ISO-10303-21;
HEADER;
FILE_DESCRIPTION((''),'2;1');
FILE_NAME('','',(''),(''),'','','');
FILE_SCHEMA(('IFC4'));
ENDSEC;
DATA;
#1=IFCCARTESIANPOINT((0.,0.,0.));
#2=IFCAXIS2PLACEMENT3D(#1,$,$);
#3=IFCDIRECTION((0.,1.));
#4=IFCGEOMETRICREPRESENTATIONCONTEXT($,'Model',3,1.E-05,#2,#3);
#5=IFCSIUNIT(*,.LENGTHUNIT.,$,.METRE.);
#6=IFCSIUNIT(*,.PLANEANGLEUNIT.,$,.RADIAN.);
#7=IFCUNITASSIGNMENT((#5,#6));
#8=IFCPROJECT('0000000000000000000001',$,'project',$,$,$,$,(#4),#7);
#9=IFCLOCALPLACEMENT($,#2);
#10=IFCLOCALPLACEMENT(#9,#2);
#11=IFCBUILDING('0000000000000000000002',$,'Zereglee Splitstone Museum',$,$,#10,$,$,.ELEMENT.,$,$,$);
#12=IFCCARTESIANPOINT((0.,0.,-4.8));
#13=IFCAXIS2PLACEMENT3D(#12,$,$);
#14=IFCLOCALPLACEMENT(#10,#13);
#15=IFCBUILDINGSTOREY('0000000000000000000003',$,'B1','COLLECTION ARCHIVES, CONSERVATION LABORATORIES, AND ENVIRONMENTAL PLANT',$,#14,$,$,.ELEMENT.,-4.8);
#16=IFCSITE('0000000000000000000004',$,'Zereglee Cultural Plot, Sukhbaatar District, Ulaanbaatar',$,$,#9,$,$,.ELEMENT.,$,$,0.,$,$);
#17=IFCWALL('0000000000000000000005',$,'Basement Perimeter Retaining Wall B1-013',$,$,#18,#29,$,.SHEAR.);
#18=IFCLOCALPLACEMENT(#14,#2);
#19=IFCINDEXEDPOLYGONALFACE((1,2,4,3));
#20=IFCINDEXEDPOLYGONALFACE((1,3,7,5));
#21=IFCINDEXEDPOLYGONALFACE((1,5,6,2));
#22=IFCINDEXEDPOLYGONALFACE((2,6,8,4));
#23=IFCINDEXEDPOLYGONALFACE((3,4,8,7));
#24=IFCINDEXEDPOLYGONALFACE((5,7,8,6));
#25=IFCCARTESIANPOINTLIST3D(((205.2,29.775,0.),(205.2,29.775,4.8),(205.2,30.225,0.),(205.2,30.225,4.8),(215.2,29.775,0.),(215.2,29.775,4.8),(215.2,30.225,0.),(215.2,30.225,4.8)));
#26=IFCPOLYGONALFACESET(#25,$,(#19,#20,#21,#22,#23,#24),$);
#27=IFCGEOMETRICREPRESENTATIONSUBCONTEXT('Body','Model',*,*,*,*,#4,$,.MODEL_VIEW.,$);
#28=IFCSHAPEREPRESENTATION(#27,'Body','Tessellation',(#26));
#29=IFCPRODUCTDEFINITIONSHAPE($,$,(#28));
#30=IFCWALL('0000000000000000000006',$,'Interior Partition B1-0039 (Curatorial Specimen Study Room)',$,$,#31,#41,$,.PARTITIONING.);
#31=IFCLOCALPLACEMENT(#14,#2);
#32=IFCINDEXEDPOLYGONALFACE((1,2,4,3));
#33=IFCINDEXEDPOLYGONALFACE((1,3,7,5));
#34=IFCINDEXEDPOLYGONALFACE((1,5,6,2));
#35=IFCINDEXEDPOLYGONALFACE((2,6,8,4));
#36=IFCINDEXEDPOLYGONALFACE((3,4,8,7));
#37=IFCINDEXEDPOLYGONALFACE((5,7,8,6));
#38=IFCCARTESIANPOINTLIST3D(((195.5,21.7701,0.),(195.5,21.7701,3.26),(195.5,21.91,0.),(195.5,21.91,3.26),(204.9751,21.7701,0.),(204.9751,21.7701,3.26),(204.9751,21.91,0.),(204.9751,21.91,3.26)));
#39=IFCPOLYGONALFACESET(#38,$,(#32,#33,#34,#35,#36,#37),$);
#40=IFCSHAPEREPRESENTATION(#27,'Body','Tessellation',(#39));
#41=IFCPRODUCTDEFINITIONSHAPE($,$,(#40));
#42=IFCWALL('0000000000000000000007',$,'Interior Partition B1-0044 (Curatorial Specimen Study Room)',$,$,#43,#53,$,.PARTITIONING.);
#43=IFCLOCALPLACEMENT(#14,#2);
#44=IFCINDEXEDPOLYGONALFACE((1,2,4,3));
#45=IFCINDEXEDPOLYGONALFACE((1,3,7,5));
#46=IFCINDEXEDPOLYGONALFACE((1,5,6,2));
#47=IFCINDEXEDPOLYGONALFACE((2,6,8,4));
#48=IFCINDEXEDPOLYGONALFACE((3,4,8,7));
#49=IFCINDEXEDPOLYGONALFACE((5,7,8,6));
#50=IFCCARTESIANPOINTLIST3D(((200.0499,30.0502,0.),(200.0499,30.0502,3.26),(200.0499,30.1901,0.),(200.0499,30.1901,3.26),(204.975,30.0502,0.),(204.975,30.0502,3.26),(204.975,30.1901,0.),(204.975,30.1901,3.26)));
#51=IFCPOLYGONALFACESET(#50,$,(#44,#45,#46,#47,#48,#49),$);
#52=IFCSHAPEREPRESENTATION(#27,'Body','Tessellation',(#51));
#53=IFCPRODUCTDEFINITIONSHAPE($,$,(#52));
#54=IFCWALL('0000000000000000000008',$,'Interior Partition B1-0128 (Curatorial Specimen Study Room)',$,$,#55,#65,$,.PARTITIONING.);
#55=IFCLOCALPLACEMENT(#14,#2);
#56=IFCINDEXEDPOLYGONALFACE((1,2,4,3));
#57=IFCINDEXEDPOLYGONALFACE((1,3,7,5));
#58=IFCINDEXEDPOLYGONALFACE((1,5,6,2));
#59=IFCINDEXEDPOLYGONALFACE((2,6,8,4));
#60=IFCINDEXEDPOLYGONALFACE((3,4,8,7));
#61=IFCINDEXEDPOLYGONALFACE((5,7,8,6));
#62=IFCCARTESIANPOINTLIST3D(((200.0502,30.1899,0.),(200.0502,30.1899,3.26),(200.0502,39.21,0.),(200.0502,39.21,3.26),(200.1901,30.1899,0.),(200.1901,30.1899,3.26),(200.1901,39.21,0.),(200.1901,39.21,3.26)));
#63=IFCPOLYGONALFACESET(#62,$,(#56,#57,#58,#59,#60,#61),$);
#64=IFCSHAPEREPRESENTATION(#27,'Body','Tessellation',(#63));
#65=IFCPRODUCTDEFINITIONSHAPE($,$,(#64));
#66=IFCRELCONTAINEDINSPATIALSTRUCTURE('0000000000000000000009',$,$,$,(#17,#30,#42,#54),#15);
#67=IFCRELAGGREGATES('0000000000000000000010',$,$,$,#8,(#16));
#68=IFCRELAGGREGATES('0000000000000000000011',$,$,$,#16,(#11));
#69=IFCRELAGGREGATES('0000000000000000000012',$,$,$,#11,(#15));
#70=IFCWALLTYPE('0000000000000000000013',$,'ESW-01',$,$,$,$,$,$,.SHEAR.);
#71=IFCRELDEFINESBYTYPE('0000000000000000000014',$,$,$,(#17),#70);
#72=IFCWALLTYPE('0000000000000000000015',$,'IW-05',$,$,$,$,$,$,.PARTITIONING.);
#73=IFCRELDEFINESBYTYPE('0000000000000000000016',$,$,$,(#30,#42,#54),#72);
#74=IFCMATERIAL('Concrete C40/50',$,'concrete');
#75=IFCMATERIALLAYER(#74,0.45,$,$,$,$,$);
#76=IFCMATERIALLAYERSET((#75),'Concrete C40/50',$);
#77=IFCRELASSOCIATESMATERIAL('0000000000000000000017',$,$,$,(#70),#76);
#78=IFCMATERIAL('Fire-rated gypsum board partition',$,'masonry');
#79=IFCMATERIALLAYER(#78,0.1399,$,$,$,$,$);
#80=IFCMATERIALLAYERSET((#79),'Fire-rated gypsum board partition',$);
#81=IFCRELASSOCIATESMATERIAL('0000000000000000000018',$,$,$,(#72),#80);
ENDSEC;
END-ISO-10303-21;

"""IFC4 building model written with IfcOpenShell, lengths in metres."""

from ifc_helpers import new_model, si_unit, direction, frame, frame_2d, origin, place, context, subcontext, project, spatial, rectangle, extrude, material, layer, layer_set, type_object, element, save


model = new_model("IFC4")

# Units and contexts
model_context = context("Model", 3, precision=1e-05, world=origin(), true_north=direction((0.0, 1.0)))
body_context = subcontext(model_context, "Body", "Model", "MODEL_VIEW")
ifc_project = project(units=[si_unit("LENGTHUNIT", "METRE"), si_unit("PLANEANGLEUNIT", "RADIAN")], contexts=[model_context])

# Site, building, storey
site_placement = place(None, origin())
site = spatial("IfcSite", under=ifc_project, at=site_placement, Name="Zereglee Cultural Plot, Sukhbaatar District, Ulaanbaatar", CompositionType="ELEMENT", RefElevation=0.0)
building_placement = place(site_placement, origin())
building = spatial("IfcBuilding", under=site, at=building_placement, Name="Zereglee Splitstone Museum", CompositionType="ELEMENT")
storey_placement = place(building_placement, frame((0.0, 0.0, -4.8)))
storey = spatial("IfcBuildingStorey", under=building, at=storey_placement, Name="B1", Description="COLLECTION ARCHIVES, CONSERVATION LABORATORIES, AND ENVIRONMENTAL PLANT", CompositionType="ELEMENT", Elevation=-4.8)

# Shared definitions
ifc_material_1 = material(Name="Concrete C40/50", Category="concrete")

# Walls
ifc_layer_1 = layer(ifc_material_1, 0.45)
ifc_layer_set_1 = layer_set([ifc_layer_1], Name="Concrete C40/50")
wall_type_1 = type_object("IfcWallType", Name="ESW-01", PredefinedType="SHEAR", material=ifc_layer_set_1)
wall_1_placement = place(storey_placement, frame((205.2, 30.0, 0.0), z_axis=(0.0, 0.0, 1.0), x_axis=(1.0, 0.0, 0.0)))
element("IfcWall", 1, at=wall_1_placement, inside=storey, type_object=wall_type_1, Name="Basement Perimeter Retaining Wall B1-013", PredefinedType="SHEAR", context=body_context, shape_type="SweptSolid", body=[
    extrude(rectangle(XDim=10.0, YDim=0.45, at=frame_2d((5.0, 0.0))), origin(), (0.0, 0.0, 1.0), 4.8),
])
ifc_material_2 = material(Name="Fire-rated gypsum board partition", Category="masonry")
ifc_layer_2 = layer(ifc_material_2, 0.1399)
ifc_layer_set_2 = layer_set([ifc_layer_2], Name="Fire-rated gypsum board partition")
wall_type_2 = type_object("IfcWallType", Name="IW-05", PredefinedType="PARTITIONING", material=ifc_layer_set_2)
wall_2_placement = place(storey_placement, frame((195.5, 21.8401, 0.0), z_axis=(0.0, 0.0, 1.0), x_axis=(1.0, 0.0, 0.0)))
element("IfcWall", 2, at=wall_2_placement, inside=storey, type_object=wall_type_2, Name="Interior Partition B1-0039 (Curatorial Specimen Study Room)", PredefinedType="PARTITIONING", context=body_context, shape_type="SweptSolid", body=[
    extrude(rectangle(XDim=9.4751, YDim=0.1399, at=frame_2d((4.7375, 0.0))), origin(), (0.0, 0.0, 1.0), 3.26),
])
wall_3_placement = place(storey_placement, frame((200.05, 30.1201, 0.0), z_axis=(0.0, 0.0, 1.0), x_axis=(1.0, 0.0, 0.0)))
element("IfcWall", 3, at=wall_3_placement, inside=storey, type_object=wall_type_2, Name="Interior Partition B1-0044 (Curatorial Specimen Study Room)", PredefinedType="PARTITIONING", context=body_context, shape_type="SweptSolid", body=[
    extrude(rectangle(XDim=4.925, YDim=0.1399, at=frame_2d((2.4624, 0.0))), origin(), (0.0, 0.0, 1.0), 3.26),
])
wall_4_placement = place(storey_placement, frame((200.1201, 30.1899, 0.0), z_axis=(0.0, 0.0, 1.0), x_axis=(0.0, 1.0, 0.0)))
element("IfcWall", 4, at=wall_4_placement, inside=storey, type_object=wall_type_2, Name="Interior Partition B1-0128 (Curatorial Specimen Study Room)", PredefinedType="PARTITIONING", context=body_context, shape_type="SweptSolid", body=[
    extrude(rectangle(XDim=9.02, YDim=0.1399, at=frame_2d((4.51, 0.0))), origin(), (0.0, 0.0, 1.0), 3.26),
])

save(model, "model.ifc")
